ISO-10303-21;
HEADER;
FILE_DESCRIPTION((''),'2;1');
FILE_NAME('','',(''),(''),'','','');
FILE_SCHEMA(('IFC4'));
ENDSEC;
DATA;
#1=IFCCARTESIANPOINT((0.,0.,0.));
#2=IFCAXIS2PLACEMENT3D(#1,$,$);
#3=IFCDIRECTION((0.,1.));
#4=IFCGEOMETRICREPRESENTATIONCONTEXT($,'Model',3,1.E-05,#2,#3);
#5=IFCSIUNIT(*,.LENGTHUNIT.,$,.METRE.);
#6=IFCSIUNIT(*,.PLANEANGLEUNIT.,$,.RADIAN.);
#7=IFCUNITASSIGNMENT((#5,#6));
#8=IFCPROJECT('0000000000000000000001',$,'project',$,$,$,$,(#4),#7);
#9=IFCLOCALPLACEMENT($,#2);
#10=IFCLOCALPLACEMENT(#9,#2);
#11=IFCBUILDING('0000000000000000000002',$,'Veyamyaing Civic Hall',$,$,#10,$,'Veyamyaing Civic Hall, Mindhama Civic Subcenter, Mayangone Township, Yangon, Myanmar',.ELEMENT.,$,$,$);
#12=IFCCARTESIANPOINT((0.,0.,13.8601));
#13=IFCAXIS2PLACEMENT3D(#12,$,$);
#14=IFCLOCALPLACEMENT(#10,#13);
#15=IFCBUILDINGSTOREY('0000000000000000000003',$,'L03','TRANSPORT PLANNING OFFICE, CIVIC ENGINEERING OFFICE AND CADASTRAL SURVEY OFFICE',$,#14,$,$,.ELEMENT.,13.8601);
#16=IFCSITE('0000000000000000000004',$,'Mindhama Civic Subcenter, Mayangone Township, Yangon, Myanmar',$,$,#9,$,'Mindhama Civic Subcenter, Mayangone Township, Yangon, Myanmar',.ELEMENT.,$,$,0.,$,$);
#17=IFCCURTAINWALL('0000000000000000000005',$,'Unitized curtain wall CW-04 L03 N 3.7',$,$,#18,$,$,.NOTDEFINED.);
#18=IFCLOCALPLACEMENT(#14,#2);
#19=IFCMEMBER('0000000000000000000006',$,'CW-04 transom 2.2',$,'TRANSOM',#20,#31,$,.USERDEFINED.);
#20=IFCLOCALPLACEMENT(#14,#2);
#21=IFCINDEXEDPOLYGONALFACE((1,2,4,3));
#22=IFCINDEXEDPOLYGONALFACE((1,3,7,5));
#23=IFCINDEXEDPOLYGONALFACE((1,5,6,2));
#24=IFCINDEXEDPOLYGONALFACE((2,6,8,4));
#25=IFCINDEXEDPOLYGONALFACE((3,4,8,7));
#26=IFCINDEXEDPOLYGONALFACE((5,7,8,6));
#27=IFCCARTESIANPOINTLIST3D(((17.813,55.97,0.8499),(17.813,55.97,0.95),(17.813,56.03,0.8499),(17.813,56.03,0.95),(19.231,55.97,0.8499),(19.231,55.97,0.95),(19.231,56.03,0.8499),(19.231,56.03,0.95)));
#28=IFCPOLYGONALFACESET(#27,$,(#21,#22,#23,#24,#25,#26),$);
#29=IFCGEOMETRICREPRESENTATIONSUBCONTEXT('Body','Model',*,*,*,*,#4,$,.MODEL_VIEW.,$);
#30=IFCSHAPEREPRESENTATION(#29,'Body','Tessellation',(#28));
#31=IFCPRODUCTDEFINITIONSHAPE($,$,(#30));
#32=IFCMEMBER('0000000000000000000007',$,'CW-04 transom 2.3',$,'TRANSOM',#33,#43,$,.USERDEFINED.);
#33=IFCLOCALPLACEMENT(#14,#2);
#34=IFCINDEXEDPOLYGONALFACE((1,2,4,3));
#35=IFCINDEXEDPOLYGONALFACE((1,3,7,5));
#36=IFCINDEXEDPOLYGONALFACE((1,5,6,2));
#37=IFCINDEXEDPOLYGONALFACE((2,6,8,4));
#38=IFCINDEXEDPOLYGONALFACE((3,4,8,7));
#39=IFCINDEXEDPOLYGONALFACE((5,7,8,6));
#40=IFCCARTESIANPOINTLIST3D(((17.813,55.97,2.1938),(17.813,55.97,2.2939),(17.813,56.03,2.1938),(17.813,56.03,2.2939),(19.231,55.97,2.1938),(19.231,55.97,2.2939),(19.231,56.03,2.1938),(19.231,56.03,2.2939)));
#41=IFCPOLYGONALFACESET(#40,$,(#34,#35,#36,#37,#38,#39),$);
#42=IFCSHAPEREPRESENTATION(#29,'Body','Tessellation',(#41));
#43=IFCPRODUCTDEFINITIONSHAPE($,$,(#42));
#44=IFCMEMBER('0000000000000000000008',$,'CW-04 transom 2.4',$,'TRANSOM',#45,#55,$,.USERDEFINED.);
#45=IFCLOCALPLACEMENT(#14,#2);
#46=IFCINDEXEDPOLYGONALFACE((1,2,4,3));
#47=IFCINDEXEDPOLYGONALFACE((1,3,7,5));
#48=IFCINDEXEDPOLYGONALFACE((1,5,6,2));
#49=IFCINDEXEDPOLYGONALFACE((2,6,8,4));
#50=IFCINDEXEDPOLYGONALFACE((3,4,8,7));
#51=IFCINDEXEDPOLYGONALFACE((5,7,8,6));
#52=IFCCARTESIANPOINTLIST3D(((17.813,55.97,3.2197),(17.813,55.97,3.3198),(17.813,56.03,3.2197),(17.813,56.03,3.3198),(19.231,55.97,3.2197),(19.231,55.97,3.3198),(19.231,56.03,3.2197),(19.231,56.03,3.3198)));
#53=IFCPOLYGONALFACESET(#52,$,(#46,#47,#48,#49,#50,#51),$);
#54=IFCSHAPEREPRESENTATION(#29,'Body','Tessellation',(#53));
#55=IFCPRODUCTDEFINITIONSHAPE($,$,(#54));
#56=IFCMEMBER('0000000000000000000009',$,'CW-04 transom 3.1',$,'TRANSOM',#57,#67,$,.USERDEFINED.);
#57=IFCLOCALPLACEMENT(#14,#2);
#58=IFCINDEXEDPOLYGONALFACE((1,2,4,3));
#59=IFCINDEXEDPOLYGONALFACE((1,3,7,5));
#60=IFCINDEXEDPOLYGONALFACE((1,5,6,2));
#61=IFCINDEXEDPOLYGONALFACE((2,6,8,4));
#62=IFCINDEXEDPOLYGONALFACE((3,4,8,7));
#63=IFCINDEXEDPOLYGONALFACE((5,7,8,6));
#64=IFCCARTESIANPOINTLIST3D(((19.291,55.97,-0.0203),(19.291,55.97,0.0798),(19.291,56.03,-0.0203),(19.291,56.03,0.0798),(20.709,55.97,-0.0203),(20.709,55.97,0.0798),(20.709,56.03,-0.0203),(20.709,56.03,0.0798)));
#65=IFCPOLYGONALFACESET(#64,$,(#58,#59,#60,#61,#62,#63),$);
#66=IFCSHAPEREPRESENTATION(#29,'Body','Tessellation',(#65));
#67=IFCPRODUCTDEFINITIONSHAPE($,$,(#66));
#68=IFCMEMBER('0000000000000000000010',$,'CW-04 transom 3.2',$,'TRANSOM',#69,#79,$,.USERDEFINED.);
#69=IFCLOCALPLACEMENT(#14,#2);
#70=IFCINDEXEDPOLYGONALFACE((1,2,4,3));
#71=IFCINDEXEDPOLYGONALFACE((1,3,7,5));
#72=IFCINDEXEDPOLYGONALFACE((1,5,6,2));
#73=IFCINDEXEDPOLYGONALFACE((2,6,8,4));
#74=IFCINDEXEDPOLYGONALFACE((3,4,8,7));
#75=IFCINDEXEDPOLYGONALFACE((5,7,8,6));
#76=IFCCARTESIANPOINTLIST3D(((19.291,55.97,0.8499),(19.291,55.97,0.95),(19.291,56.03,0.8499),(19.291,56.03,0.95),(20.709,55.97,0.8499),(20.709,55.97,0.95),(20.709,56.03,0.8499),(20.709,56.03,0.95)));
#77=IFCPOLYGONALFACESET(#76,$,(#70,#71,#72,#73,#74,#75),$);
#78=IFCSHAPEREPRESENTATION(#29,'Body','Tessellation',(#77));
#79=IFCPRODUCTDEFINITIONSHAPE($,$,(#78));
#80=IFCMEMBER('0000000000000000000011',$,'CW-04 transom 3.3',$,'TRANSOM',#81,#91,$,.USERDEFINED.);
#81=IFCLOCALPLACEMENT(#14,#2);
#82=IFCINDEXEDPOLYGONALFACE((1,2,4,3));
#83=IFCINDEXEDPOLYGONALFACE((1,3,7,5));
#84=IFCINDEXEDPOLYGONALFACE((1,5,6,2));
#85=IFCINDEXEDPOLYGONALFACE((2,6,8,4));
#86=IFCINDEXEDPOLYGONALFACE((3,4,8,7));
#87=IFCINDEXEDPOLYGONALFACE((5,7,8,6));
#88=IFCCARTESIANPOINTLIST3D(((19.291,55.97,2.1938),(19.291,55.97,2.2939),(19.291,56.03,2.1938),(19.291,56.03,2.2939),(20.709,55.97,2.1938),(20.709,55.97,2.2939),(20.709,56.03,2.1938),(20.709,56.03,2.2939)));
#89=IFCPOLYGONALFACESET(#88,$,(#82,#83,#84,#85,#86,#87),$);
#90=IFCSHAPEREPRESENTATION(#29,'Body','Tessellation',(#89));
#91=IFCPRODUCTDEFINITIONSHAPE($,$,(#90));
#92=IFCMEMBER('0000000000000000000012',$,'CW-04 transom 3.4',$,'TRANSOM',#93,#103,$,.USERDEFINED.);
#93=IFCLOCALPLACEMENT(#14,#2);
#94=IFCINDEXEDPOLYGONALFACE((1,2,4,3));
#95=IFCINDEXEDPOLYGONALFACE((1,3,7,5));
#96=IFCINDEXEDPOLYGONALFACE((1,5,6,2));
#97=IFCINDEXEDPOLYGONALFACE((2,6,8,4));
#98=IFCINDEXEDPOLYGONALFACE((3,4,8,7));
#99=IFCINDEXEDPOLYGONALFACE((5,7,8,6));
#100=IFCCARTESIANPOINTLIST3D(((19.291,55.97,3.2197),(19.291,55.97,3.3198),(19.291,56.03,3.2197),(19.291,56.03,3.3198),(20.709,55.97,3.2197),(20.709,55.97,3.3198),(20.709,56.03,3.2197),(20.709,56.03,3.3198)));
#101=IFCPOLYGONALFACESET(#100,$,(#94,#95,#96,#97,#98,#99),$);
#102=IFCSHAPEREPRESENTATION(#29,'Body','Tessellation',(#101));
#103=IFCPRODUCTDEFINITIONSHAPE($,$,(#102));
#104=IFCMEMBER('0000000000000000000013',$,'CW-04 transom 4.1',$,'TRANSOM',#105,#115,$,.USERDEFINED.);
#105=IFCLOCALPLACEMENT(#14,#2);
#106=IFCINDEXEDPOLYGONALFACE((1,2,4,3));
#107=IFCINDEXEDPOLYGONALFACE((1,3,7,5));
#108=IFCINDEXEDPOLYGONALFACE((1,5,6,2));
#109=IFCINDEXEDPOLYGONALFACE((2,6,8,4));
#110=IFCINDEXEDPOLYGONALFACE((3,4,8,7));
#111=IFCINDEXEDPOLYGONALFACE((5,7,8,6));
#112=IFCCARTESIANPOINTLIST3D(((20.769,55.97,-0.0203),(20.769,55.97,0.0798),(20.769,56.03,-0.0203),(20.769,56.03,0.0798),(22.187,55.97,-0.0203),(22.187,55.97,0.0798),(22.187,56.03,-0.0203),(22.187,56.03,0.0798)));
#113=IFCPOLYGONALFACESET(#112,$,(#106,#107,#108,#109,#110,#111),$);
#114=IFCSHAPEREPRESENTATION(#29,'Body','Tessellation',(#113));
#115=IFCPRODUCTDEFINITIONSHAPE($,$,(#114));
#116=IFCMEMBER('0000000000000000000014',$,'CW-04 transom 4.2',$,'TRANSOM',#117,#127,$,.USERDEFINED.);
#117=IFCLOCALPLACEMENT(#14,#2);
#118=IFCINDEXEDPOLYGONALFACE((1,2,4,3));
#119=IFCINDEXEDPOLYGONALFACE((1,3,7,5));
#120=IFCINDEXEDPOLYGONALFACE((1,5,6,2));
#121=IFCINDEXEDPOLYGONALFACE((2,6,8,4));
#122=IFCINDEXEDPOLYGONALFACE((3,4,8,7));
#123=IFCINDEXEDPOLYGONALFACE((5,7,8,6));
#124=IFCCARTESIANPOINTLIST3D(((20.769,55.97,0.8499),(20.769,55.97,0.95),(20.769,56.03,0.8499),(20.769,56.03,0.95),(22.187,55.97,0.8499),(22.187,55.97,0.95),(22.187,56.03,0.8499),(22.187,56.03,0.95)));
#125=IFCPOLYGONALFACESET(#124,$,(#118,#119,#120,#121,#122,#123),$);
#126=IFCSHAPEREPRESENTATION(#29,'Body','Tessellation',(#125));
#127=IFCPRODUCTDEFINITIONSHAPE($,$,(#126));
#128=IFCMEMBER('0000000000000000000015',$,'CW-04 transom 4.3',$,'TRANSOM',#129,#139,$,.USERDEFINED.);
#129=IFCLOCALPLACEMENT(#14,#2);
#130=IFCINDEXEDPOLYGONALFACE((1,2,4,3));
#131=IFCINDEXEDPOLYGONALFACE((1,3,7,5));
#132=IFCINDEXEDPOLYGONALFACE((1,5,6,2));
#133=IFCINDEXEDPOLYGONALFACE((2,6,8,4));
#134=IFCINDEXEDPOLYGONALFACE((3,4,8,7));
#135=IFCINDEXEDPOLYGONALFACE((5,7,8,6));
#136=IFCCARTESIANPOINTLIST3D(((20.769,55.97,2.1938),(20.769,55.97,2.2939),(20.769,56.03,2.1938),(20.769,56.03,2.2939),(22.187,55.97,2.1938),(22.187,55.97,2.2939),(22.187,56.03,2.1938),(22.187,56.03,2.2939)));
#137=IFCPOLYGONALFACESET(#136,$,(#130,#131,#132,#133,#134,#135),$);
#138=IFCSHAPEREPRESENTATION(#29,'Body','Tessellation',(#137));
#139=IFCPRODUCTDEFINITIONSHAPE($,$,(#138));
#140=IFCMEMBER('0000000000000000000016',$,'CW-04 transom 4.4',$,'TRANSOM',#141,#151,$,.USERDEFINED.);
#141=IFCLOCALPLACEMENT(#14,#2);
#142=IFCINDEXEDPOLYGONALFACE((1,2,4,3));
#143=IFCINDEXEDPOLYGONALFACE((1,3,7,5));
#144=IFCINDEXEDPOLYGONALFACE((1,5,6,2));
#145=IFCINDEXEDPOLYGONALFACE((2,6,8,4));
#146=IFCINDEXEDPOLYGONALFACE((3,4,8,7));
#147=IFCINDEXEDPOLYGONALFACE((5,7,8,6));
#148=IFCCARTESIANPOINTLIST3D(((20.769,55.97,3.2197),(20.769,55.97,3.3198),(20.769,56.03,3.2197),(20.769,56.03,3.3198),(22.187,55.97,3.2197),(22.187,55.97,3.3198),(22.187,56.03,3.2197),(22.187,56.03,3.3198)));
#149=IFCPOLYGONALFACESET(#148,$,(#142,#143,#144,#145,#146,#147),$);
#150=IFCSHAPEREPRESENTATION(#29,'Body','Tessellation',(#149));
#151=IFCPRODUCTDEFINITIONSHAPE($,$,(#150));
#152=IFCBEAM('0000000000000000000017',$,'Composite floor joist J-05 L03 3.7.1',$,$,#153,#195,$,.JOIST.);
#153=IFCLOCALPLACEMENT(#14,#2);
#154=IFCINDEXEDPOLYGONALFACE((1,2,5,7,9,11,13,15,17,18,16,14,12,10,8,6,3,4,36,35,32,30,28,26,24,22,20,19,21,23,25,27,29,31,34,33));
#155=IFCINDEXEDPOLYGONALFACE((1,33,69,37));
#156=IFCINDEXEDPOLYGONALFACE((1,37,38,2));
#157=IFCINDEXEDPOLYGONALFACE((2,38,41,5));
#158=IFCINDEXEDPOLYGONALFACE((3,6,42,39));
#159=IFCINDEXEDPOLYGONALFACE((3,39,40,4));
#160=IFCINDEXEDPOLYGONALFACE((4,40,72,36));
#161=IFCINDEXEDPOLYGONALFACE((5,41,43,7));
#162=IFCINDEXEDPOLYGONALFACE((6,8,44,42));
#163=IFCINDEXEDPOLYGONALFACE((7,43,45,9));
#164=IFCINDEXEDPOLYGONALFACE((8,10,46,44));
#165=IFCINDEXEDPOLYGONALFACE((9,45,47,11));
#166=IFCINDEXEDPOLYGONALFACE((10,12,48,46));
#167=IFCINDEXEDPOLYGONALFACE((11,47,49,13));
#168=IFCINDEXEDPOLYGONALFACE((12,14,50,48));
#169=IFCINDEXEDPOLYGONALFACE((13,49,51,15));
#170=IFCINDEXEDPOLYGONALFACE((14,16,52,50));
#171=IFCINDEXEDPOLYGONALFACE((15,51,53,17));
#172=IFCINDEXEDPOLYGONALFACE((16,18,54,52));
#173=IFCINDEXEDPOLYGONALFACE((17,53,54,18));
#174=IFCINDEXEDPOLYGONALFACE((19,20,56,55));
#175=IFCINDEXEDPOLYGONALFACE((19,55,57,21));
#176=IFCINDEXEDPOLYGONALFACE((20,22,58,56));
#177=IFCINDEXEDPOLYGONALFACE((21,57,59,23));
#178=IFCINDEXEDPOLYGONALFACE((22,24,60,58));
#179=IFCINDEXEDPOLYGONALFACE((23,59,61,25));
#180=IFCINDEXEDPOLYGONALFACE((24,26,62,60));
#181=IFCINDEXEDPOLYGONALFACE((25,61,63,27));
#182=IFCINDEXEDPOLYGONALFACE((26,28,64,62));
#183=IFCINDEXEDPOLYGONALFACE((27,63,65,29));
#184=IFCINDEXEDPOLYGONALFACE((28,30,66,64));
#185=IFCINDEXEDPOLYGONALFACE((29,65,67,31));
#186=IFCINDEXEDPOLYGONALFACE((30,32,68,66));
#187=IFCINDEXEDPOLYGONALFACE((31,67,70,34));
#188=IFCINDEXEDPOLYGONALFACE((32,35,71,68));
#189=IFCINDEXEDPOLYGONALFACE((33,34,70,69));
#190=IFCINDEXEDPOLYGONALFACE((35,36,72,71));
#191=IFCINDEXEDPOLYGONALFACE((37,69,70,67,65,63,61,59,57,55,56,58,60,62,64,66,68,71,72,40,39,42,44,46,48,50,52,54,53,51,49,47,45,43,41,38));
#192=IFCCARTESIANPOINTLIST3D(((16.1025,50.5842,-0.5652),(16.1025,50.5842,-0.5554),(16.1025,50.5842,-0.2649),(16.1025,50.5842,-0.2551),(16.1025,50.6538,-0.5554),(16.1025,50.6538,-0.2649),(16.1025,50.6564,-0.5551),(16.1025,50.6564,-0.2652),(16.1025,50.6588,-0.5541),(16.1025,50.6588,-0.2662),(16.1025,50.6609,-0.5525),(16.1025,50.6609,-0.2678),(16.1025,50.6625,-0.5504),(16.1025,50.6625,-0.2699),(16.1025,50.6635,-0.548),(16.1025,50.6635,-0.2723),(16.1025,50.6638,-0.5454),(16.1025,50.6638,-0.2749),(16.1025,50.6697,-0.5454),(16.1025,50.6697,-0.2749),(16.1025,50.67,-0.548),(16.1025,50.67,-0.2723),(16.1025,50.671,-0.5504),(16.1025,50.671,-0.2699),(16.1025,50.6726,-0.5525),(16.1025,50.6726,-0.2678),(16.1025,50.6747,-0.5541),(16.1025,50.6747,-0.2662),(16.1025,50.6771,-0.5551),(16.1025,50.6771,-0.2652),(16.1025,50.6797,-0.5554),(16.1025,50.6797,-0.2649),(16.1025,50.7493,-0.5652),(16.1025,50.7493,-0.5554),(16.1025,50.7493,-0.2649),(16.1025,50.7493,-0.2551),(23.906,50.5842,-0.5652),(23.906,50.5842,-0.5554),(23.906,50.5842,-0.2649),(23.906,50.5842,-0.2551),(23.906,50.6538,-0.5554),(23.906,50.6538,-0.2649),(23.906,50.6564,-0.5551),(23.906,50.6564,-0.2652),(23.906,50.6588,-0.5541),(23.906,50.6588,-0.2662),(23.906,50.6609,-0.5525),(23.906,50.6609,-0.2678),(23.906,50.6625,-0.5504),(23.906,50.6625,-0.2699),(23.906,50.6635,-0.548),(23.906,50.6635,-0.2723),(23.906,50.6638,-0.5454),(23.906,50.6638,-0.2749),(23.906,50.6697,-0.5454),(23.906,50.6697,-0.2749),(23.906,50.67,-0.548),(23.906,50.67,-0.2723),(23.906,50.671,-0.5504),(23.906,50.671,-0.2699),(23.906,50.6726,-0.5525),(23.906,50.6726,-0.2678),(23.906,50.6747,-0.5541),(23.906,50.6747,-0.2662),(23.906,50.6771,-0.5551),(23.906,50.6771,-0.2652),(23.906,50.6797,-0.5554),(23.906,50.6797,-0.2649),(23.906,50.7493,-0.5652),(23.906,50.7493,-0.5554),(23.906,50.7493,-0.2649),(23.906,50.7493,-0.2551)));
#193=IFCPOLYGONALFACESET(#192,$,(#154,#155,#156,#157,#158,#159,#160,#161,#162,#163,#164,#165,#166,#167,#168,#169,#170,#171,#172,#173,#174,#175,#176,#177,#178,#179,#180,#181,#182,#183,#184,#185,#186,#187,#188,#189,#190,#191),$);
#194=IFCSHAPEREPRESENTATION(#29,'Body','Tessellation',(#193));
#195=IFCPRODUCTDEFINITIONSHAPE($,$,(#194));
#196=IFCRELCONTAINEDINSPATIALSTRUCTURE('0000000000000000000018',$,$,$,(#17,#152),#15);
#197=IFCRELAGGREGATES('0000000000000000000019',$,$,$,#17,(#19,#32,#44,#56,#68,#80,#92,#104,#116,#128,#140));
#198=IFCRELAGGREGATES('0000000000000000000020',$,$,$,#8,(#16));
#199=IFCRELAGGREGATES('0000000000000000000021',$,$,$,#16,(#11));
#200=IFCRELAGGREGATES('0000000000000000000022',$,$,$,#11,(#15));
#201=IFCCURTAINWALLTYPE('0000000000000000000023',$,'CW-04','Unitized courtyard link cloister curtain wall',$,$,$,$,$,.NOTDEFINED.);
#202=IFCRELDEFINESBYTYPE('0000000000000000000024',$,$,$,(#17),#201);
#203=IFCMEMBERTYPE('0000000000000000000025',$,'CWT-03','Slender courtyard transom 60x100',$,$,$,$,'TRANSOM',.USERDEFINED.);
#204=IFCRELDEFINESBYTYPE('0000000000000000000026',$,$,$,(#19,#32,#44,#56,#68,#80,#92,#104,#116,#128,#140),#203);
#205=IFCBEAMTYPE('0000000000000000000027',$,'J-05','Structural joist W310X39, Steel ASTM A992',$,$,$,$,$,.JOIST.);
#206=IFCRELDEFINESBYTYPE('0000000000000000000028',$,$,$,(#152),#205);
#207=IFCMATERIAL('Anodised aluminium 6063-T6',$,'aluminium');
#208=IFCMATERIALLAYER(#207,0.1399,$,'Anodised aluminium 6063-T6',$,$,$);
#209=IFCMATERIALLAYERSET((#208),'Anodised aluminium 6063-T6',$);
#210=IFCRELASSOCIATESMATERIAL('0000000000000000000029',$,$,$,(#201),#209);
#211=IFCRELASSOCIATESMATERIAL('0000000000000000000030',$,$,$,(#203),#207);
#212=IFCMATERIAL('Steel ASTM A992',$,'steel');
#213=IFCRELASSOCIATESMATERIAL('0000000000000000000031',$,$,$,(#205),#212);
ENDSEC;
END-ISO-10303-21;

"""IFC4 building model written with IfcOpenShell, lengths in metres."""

from ifc_helpers import new_model, si_unit, direction, frame, origin, origin_2d, place, context, subcontext, project, spatial, rectangle, i_section, extrude, material, layer, layer_set, material_profile, profile_set, type_object, element, aggregate, save


model = new_model("IFC4")

# Units and contexts
model_context = context("Model", 3, precision=1e-05, world=origin(), true_north=direction((0.0, 1.0)))
body_context = subcontext(model_context, "Body", "Model", "MODEL_VIEW")
ifc_project = project(units=[si_unit("LENGTHUNIT", "METRE"), si_unit("PLANEANGLEUNIT", "RADIAN")], contexts=[model_context])

# Site, building, storey
site_placement = place(None, origin())
site = spatial("IfcSite", under=ifc_project, at=site_placement, Name="Mindhama Civic Subcenter, Mayangone Township, Yangon, Myanmar", LongName="Mindhama Civic Subcenter, Mayangone Township, Yangon, Myanmar", CompositionType="ELEMENT", RefElevation=0.0)
building_placement = place(site_placement, origin())
building = spatial("IfcBuilding", under=site, at=building_placement, Name="Veyamyaing Civic Hall", LongName="Veyamyaing Civic Hall, Mindhama Civic Subcenter, Mayangone Township, Yangon, Myanmar", CompositionType="ELEMENT")
storey_placement = place(building_placement, frame((0.0, 0.0, 13.8601)))
storey = spatial("IfcBuildingStorey", under=building, at=storey_placement, Name="L03", Description="TRANSPORT PLANNING OFFICE, CIVIC ENGINEERING OFFICE AND CADASTRAL SURVEY OFFICE", CompositionType="ELEMENT", Elevation=13.8601)

# Shared definitions
ifc_material_1 = material(Name="Steel ASTM A992", Category="steel")

# Curtain wall, members
ifc_material_2 = material(Name="Anodised aluminium 6063-T6", Category="aluminium")
ifc_layer_1 = layer(ifc_material_2, 0.1399, Name="Anodised aluminium 6063-T6")
ifc_layer_set_1 = layer_set([ifc_layer_1], Name="Anodised aluminium 6063-T6")
curtain_wall_type = type_object("IfcCurtainWallType", Name="CW-04", Description="Unitized courtyard link cloister curtain wall", PredefinedType="NOTDEFINED", material=ifc_layer_set_1)
curtain_wall_placement = place(storey_placement, origin())
curtain_wall = element("IfcCurtainWall", 1, at=curtain_wall_placement, inside=storey, type_object=curtain_wall_type, Name="Unitized curtain wall CW-04 L03 N 3.7", PredefinedType="NOTDEFINED")
ifc_material_profile_1 = material_profile(ifc_material_2, rectangle(XDim=0.0601, YDim=0.1001, at=origin_2d()), Name="ALU-TRN-60X100")
ifc_profile_set_1 = profile_set([ifc_material_profile_1], Name="Anodised aluminium 6063-T6")
member_type_1 = type_object("IfcMemberType", Name="CWT-03", Description="Slender courtyard transom 60x100", ElementType="TRANSOM", PredefinedType="USERDEFINED", material=ifc_profile_set_1)
member_1_placement = place(storey_placement, frame((17.813, 56.0, 0.8999), z_axis=(1.0, 0.0, 0.0), x_axis=(0.0, 1.0, 0.0)))
member_1 = element("IfcMember", 2, at=member_1_placement, type_object=member_type_1, Name="CW-04 transom 2.2", ObjectType="TRANSOM", PredefinedType="USERDEFINED", context=body_context, shape_type="SweptSolid", body=[
    extrude(rectangle(XDim=0.0601, YDim=0.1001, at=origin_2d()), origin(), (0.0, 0.0, 1.0), 1.418),
])
member_2_placement = place(storey_placement, frame((17.813, 56.0, 2.2439), z_axis=(1.0, 0.0, 0.0), x_axis=(0.0, 1.0, 0.0)))
member_2 = element("IfcMember", 3, at=member_2_placement, type_object=member_type_1, Name="CW-04 transom 2.3", ObjectType="TRANSOM", PredefinedType="USERDEFINED", context=body_context, shape_type="SweptSolid", body=[
    extrude(rectangle(XDim=0.0601, YDim=0.1001, at=origin_2d()), origin(), (0.0, 0.0, 1.0), 1.418),
])
member_3_placement = place(storey_placement, frame((17.813, 56.0, 3.2698), z_axis=(1.0, 0.0, 0.0), x_axis=(0.0, 1.0, 0.0)))
member_3 = element("IfcMember", 4, at=member_3_placement, type_object=member_type_1, Name="CW-04 transom 2.4", ObjectType="TRANSOM", PredefinedType="USERDEFINED", context=body_context, shape_type="SweptSolid", body=[
    extrude(rectangle(XDim=0.0601, YDim=0.1001, at=origin_2d()), origin(), (0.0, 0.0, 1.0), 1.418),
])
member_4_placement = place(storey_placement, frame((19.291, 56.0, 0.0298), z_axis=(1.0, 0.0, 0.0), x_axis=(0.0, 1.0, 0.0)))
member_4 = element("IfcMember", 5, at=member_4_placement, type_object=member_type_1, Name="CW-04 transom 3.1", ObjectType="TRANSOM", PredefinedType="USERDEFINED", context=body_context, shape_type="SweptSolid", body=[
    extrude(rectangle(XDim=0.0601, YDim=0.1001, at=origin_2d()), origin(), (0.0, 0.0, 1.0), 1.418),
])
member_5_placement = place(storey_placement, frame((19.291, 56.0, 0.8999), z_axis=(1.0, 0.0, 0.0), x_axis=(0.0, 1.0, 0.0)))
member_5 = element("IfcMember", 6, at=member_5_placement, type_object=member_type_1, Name="CW-04 transom 3.2", ObjectType="TRANSOM", PredefinedType="USERDEFINED", context=body_context, shape_type="SweptSolid", body=[
    extrude(rectangle(XDim=0.0601, YDim=0.1001, at=origin_2d()), origin(), (0.0, 0.0, 1.0), 1.418),
])
member_6_placement = place(storey_placement, frame((19.291, 56.0, 2.2439), z_axis=(1.0, 0.0, 0.0), x_axis=(0.0, 1.0, 0.0)))
member_6 = element("IfcMember", 7, at=member_6_placement, type_object=member_type_1, Name="CW-04 transom 3.3", ObjectType="TRANSOM", PredefinedType="USERDEFINED", context=body_context, shape_type="SweptSolid", body=[
    extrude(rectangle(XDim=0.0601, YDim=0.1001, at=origin_2d()), origin(), (0.0, 0.0, 1.0), 1.418),
])
member_7_placement = place(storey_placement, frame((19.291, 56.0, 3.2698), z_axis=(1.0, 0.0, 0.0), x_axis=(0.0, 1.0, 0.0)))
member_7 = element("IfcMember", 8, at=member_7_placement, type_object=member_type_1, Name="CW-04 transom 3.4", ObjectType="TRANSOM", PredefinedType="USERDEFINED", context=body_context, shape_type="SweptSolid", body=[
    extrude(rectangle(XDim=0.0601, YDim=0.1001, at=origin_2d()), origin(), (0.0, 0.0, 1.0), 1.418),
])
member_8_placement = place(storey_placement, frame((20.769, 56.0, 0.0298), z_axis=(1.0, 0.0, 0.0), x_axis=(0.0, 1.0, 0.0)))
member_8 = element("IfcMember", 9, at=member_8_placement, type_object=member_type_1, Name="CW-04 transom 4.1", ObjectType="TRANSOM", PredefinedType="USERDEFINED", context=body_context, shape_type="SweptSolid", body=[
    extrude(rectangle(XDim=0.0601, YDim=0.1001, at=origin_2d()), origin(), (0.0, 0.0, 1.0), 1.418),
])
member_9_placement = place(storey_placement, frame((20.769, 56.0, 0.8999), z_axis=(1.0, 0.0, 0.0), x_axis=(0.0, 1.0, 0.0)))
member_9 = element("IfcMember", 10, at=member_9_placement, type_object=member_type_1, Name="CW-04 transom 4.2", ObjectType="TRANSOM", PredefinedType="USERDEFINED", context=body_context, shape_type="SweptSolid", body=[
    extrude(rectangle(XDim=0.0601, YDim=0.1001, at=origin_2d()), origin(), (0.0, 0.0, 1.0), 1.418),
])
member_10_placement = place(storey_placement, frame((20.769, 56.0, 2.2439), z_axis=(1.0, 0.0, 0.0), x_axis=(0.0, 1.0, 0.0)))
member_10 = element("IfcMember", 11, at=member_10_placement, type_object=member_type_1, Name="CW-04 transom 4.3", ObjectType="TRANSOM", PredefinedType="USERDEFINED", context=body_context, shape_type="SweptSolid", body=[
    extrude(rectangle(XDim=0.0601, YDim=0.1001, at=origin_2d()), origin(), (0.0, 0.0, 1.0), 1.418),
])
member_11_placement = place(storey_placement, frame((20.769, 56.0, 3.2698), z_axis=(1.0, 0.0, 0.0), x_axis=(0.0, 1.0, 0.0)))
member_11 = element("IfcMember", 12, at=member_11_placement, type_object=member_type_1, Name="CW-04 transom 4.4", ObjectType="TRANSOM", PredefinedType="USERDEFINED", context=body_context, shape_type="SweptSolid", body=[
    extrude(rectangle(XDim=0.0601, YDim=0.1001, at=origin_2d()), origin(), (0.0, 0.0, 1.0), 1.418),
])

# Beam
ifc_material_profile_2 = material_profile(ifc_material_1, i_section(OverallWidth=0.165, OverallDepth=0.3101, WebThickness=0.0059, FlangeThickness=0.0098, FilletRadius=0.01, at=origin_2d()), Name="W310X39")
ifc_profile_set_2 = profile_set([ifc_material_profile_2], Name="Steel ASTM A992")
beam_type_1 = type_object("IfcBeamType", Name="J-05", Description="Structural joist W310X39, Steel ASTM A992", PredefinedType="JOIST", material=ifc_profile_set_2)
for number, where, z_axis, x_axis, name in (
    (13, (16.1025, 50.6667, -0.4102), (1.0, 0.0, 0.0), (0.0, 1.0, 0.0), "Composite floor joist J-05 L03 3.7.1"),
):
    element("IfcBeam", number, at=place(storey_placement, frame(where, z_axis=z_axis, x_axis=x_axis)), inside=storey, type_object=beam_type_1, Name=name, PredefinedType="JOIST", context=body_context, shape_type="SweptSolid", body=[
        extrude(i_section(OverallWidth=0.165, OverallDepth=0.3101, WebThickness=0.0059, FlangeThickness=0.0098, FilletRadius=0.01, at=origin_2d()), origin(), (0.0, 0.0, 1.0), 7.8035),
    ])

aggregate(curtain_wall, [member_1, member_2, member_3, member_4, member_5, member_6, member_7, member_8, member_9, member_10, member_11])

save(model, "model.ifc")
